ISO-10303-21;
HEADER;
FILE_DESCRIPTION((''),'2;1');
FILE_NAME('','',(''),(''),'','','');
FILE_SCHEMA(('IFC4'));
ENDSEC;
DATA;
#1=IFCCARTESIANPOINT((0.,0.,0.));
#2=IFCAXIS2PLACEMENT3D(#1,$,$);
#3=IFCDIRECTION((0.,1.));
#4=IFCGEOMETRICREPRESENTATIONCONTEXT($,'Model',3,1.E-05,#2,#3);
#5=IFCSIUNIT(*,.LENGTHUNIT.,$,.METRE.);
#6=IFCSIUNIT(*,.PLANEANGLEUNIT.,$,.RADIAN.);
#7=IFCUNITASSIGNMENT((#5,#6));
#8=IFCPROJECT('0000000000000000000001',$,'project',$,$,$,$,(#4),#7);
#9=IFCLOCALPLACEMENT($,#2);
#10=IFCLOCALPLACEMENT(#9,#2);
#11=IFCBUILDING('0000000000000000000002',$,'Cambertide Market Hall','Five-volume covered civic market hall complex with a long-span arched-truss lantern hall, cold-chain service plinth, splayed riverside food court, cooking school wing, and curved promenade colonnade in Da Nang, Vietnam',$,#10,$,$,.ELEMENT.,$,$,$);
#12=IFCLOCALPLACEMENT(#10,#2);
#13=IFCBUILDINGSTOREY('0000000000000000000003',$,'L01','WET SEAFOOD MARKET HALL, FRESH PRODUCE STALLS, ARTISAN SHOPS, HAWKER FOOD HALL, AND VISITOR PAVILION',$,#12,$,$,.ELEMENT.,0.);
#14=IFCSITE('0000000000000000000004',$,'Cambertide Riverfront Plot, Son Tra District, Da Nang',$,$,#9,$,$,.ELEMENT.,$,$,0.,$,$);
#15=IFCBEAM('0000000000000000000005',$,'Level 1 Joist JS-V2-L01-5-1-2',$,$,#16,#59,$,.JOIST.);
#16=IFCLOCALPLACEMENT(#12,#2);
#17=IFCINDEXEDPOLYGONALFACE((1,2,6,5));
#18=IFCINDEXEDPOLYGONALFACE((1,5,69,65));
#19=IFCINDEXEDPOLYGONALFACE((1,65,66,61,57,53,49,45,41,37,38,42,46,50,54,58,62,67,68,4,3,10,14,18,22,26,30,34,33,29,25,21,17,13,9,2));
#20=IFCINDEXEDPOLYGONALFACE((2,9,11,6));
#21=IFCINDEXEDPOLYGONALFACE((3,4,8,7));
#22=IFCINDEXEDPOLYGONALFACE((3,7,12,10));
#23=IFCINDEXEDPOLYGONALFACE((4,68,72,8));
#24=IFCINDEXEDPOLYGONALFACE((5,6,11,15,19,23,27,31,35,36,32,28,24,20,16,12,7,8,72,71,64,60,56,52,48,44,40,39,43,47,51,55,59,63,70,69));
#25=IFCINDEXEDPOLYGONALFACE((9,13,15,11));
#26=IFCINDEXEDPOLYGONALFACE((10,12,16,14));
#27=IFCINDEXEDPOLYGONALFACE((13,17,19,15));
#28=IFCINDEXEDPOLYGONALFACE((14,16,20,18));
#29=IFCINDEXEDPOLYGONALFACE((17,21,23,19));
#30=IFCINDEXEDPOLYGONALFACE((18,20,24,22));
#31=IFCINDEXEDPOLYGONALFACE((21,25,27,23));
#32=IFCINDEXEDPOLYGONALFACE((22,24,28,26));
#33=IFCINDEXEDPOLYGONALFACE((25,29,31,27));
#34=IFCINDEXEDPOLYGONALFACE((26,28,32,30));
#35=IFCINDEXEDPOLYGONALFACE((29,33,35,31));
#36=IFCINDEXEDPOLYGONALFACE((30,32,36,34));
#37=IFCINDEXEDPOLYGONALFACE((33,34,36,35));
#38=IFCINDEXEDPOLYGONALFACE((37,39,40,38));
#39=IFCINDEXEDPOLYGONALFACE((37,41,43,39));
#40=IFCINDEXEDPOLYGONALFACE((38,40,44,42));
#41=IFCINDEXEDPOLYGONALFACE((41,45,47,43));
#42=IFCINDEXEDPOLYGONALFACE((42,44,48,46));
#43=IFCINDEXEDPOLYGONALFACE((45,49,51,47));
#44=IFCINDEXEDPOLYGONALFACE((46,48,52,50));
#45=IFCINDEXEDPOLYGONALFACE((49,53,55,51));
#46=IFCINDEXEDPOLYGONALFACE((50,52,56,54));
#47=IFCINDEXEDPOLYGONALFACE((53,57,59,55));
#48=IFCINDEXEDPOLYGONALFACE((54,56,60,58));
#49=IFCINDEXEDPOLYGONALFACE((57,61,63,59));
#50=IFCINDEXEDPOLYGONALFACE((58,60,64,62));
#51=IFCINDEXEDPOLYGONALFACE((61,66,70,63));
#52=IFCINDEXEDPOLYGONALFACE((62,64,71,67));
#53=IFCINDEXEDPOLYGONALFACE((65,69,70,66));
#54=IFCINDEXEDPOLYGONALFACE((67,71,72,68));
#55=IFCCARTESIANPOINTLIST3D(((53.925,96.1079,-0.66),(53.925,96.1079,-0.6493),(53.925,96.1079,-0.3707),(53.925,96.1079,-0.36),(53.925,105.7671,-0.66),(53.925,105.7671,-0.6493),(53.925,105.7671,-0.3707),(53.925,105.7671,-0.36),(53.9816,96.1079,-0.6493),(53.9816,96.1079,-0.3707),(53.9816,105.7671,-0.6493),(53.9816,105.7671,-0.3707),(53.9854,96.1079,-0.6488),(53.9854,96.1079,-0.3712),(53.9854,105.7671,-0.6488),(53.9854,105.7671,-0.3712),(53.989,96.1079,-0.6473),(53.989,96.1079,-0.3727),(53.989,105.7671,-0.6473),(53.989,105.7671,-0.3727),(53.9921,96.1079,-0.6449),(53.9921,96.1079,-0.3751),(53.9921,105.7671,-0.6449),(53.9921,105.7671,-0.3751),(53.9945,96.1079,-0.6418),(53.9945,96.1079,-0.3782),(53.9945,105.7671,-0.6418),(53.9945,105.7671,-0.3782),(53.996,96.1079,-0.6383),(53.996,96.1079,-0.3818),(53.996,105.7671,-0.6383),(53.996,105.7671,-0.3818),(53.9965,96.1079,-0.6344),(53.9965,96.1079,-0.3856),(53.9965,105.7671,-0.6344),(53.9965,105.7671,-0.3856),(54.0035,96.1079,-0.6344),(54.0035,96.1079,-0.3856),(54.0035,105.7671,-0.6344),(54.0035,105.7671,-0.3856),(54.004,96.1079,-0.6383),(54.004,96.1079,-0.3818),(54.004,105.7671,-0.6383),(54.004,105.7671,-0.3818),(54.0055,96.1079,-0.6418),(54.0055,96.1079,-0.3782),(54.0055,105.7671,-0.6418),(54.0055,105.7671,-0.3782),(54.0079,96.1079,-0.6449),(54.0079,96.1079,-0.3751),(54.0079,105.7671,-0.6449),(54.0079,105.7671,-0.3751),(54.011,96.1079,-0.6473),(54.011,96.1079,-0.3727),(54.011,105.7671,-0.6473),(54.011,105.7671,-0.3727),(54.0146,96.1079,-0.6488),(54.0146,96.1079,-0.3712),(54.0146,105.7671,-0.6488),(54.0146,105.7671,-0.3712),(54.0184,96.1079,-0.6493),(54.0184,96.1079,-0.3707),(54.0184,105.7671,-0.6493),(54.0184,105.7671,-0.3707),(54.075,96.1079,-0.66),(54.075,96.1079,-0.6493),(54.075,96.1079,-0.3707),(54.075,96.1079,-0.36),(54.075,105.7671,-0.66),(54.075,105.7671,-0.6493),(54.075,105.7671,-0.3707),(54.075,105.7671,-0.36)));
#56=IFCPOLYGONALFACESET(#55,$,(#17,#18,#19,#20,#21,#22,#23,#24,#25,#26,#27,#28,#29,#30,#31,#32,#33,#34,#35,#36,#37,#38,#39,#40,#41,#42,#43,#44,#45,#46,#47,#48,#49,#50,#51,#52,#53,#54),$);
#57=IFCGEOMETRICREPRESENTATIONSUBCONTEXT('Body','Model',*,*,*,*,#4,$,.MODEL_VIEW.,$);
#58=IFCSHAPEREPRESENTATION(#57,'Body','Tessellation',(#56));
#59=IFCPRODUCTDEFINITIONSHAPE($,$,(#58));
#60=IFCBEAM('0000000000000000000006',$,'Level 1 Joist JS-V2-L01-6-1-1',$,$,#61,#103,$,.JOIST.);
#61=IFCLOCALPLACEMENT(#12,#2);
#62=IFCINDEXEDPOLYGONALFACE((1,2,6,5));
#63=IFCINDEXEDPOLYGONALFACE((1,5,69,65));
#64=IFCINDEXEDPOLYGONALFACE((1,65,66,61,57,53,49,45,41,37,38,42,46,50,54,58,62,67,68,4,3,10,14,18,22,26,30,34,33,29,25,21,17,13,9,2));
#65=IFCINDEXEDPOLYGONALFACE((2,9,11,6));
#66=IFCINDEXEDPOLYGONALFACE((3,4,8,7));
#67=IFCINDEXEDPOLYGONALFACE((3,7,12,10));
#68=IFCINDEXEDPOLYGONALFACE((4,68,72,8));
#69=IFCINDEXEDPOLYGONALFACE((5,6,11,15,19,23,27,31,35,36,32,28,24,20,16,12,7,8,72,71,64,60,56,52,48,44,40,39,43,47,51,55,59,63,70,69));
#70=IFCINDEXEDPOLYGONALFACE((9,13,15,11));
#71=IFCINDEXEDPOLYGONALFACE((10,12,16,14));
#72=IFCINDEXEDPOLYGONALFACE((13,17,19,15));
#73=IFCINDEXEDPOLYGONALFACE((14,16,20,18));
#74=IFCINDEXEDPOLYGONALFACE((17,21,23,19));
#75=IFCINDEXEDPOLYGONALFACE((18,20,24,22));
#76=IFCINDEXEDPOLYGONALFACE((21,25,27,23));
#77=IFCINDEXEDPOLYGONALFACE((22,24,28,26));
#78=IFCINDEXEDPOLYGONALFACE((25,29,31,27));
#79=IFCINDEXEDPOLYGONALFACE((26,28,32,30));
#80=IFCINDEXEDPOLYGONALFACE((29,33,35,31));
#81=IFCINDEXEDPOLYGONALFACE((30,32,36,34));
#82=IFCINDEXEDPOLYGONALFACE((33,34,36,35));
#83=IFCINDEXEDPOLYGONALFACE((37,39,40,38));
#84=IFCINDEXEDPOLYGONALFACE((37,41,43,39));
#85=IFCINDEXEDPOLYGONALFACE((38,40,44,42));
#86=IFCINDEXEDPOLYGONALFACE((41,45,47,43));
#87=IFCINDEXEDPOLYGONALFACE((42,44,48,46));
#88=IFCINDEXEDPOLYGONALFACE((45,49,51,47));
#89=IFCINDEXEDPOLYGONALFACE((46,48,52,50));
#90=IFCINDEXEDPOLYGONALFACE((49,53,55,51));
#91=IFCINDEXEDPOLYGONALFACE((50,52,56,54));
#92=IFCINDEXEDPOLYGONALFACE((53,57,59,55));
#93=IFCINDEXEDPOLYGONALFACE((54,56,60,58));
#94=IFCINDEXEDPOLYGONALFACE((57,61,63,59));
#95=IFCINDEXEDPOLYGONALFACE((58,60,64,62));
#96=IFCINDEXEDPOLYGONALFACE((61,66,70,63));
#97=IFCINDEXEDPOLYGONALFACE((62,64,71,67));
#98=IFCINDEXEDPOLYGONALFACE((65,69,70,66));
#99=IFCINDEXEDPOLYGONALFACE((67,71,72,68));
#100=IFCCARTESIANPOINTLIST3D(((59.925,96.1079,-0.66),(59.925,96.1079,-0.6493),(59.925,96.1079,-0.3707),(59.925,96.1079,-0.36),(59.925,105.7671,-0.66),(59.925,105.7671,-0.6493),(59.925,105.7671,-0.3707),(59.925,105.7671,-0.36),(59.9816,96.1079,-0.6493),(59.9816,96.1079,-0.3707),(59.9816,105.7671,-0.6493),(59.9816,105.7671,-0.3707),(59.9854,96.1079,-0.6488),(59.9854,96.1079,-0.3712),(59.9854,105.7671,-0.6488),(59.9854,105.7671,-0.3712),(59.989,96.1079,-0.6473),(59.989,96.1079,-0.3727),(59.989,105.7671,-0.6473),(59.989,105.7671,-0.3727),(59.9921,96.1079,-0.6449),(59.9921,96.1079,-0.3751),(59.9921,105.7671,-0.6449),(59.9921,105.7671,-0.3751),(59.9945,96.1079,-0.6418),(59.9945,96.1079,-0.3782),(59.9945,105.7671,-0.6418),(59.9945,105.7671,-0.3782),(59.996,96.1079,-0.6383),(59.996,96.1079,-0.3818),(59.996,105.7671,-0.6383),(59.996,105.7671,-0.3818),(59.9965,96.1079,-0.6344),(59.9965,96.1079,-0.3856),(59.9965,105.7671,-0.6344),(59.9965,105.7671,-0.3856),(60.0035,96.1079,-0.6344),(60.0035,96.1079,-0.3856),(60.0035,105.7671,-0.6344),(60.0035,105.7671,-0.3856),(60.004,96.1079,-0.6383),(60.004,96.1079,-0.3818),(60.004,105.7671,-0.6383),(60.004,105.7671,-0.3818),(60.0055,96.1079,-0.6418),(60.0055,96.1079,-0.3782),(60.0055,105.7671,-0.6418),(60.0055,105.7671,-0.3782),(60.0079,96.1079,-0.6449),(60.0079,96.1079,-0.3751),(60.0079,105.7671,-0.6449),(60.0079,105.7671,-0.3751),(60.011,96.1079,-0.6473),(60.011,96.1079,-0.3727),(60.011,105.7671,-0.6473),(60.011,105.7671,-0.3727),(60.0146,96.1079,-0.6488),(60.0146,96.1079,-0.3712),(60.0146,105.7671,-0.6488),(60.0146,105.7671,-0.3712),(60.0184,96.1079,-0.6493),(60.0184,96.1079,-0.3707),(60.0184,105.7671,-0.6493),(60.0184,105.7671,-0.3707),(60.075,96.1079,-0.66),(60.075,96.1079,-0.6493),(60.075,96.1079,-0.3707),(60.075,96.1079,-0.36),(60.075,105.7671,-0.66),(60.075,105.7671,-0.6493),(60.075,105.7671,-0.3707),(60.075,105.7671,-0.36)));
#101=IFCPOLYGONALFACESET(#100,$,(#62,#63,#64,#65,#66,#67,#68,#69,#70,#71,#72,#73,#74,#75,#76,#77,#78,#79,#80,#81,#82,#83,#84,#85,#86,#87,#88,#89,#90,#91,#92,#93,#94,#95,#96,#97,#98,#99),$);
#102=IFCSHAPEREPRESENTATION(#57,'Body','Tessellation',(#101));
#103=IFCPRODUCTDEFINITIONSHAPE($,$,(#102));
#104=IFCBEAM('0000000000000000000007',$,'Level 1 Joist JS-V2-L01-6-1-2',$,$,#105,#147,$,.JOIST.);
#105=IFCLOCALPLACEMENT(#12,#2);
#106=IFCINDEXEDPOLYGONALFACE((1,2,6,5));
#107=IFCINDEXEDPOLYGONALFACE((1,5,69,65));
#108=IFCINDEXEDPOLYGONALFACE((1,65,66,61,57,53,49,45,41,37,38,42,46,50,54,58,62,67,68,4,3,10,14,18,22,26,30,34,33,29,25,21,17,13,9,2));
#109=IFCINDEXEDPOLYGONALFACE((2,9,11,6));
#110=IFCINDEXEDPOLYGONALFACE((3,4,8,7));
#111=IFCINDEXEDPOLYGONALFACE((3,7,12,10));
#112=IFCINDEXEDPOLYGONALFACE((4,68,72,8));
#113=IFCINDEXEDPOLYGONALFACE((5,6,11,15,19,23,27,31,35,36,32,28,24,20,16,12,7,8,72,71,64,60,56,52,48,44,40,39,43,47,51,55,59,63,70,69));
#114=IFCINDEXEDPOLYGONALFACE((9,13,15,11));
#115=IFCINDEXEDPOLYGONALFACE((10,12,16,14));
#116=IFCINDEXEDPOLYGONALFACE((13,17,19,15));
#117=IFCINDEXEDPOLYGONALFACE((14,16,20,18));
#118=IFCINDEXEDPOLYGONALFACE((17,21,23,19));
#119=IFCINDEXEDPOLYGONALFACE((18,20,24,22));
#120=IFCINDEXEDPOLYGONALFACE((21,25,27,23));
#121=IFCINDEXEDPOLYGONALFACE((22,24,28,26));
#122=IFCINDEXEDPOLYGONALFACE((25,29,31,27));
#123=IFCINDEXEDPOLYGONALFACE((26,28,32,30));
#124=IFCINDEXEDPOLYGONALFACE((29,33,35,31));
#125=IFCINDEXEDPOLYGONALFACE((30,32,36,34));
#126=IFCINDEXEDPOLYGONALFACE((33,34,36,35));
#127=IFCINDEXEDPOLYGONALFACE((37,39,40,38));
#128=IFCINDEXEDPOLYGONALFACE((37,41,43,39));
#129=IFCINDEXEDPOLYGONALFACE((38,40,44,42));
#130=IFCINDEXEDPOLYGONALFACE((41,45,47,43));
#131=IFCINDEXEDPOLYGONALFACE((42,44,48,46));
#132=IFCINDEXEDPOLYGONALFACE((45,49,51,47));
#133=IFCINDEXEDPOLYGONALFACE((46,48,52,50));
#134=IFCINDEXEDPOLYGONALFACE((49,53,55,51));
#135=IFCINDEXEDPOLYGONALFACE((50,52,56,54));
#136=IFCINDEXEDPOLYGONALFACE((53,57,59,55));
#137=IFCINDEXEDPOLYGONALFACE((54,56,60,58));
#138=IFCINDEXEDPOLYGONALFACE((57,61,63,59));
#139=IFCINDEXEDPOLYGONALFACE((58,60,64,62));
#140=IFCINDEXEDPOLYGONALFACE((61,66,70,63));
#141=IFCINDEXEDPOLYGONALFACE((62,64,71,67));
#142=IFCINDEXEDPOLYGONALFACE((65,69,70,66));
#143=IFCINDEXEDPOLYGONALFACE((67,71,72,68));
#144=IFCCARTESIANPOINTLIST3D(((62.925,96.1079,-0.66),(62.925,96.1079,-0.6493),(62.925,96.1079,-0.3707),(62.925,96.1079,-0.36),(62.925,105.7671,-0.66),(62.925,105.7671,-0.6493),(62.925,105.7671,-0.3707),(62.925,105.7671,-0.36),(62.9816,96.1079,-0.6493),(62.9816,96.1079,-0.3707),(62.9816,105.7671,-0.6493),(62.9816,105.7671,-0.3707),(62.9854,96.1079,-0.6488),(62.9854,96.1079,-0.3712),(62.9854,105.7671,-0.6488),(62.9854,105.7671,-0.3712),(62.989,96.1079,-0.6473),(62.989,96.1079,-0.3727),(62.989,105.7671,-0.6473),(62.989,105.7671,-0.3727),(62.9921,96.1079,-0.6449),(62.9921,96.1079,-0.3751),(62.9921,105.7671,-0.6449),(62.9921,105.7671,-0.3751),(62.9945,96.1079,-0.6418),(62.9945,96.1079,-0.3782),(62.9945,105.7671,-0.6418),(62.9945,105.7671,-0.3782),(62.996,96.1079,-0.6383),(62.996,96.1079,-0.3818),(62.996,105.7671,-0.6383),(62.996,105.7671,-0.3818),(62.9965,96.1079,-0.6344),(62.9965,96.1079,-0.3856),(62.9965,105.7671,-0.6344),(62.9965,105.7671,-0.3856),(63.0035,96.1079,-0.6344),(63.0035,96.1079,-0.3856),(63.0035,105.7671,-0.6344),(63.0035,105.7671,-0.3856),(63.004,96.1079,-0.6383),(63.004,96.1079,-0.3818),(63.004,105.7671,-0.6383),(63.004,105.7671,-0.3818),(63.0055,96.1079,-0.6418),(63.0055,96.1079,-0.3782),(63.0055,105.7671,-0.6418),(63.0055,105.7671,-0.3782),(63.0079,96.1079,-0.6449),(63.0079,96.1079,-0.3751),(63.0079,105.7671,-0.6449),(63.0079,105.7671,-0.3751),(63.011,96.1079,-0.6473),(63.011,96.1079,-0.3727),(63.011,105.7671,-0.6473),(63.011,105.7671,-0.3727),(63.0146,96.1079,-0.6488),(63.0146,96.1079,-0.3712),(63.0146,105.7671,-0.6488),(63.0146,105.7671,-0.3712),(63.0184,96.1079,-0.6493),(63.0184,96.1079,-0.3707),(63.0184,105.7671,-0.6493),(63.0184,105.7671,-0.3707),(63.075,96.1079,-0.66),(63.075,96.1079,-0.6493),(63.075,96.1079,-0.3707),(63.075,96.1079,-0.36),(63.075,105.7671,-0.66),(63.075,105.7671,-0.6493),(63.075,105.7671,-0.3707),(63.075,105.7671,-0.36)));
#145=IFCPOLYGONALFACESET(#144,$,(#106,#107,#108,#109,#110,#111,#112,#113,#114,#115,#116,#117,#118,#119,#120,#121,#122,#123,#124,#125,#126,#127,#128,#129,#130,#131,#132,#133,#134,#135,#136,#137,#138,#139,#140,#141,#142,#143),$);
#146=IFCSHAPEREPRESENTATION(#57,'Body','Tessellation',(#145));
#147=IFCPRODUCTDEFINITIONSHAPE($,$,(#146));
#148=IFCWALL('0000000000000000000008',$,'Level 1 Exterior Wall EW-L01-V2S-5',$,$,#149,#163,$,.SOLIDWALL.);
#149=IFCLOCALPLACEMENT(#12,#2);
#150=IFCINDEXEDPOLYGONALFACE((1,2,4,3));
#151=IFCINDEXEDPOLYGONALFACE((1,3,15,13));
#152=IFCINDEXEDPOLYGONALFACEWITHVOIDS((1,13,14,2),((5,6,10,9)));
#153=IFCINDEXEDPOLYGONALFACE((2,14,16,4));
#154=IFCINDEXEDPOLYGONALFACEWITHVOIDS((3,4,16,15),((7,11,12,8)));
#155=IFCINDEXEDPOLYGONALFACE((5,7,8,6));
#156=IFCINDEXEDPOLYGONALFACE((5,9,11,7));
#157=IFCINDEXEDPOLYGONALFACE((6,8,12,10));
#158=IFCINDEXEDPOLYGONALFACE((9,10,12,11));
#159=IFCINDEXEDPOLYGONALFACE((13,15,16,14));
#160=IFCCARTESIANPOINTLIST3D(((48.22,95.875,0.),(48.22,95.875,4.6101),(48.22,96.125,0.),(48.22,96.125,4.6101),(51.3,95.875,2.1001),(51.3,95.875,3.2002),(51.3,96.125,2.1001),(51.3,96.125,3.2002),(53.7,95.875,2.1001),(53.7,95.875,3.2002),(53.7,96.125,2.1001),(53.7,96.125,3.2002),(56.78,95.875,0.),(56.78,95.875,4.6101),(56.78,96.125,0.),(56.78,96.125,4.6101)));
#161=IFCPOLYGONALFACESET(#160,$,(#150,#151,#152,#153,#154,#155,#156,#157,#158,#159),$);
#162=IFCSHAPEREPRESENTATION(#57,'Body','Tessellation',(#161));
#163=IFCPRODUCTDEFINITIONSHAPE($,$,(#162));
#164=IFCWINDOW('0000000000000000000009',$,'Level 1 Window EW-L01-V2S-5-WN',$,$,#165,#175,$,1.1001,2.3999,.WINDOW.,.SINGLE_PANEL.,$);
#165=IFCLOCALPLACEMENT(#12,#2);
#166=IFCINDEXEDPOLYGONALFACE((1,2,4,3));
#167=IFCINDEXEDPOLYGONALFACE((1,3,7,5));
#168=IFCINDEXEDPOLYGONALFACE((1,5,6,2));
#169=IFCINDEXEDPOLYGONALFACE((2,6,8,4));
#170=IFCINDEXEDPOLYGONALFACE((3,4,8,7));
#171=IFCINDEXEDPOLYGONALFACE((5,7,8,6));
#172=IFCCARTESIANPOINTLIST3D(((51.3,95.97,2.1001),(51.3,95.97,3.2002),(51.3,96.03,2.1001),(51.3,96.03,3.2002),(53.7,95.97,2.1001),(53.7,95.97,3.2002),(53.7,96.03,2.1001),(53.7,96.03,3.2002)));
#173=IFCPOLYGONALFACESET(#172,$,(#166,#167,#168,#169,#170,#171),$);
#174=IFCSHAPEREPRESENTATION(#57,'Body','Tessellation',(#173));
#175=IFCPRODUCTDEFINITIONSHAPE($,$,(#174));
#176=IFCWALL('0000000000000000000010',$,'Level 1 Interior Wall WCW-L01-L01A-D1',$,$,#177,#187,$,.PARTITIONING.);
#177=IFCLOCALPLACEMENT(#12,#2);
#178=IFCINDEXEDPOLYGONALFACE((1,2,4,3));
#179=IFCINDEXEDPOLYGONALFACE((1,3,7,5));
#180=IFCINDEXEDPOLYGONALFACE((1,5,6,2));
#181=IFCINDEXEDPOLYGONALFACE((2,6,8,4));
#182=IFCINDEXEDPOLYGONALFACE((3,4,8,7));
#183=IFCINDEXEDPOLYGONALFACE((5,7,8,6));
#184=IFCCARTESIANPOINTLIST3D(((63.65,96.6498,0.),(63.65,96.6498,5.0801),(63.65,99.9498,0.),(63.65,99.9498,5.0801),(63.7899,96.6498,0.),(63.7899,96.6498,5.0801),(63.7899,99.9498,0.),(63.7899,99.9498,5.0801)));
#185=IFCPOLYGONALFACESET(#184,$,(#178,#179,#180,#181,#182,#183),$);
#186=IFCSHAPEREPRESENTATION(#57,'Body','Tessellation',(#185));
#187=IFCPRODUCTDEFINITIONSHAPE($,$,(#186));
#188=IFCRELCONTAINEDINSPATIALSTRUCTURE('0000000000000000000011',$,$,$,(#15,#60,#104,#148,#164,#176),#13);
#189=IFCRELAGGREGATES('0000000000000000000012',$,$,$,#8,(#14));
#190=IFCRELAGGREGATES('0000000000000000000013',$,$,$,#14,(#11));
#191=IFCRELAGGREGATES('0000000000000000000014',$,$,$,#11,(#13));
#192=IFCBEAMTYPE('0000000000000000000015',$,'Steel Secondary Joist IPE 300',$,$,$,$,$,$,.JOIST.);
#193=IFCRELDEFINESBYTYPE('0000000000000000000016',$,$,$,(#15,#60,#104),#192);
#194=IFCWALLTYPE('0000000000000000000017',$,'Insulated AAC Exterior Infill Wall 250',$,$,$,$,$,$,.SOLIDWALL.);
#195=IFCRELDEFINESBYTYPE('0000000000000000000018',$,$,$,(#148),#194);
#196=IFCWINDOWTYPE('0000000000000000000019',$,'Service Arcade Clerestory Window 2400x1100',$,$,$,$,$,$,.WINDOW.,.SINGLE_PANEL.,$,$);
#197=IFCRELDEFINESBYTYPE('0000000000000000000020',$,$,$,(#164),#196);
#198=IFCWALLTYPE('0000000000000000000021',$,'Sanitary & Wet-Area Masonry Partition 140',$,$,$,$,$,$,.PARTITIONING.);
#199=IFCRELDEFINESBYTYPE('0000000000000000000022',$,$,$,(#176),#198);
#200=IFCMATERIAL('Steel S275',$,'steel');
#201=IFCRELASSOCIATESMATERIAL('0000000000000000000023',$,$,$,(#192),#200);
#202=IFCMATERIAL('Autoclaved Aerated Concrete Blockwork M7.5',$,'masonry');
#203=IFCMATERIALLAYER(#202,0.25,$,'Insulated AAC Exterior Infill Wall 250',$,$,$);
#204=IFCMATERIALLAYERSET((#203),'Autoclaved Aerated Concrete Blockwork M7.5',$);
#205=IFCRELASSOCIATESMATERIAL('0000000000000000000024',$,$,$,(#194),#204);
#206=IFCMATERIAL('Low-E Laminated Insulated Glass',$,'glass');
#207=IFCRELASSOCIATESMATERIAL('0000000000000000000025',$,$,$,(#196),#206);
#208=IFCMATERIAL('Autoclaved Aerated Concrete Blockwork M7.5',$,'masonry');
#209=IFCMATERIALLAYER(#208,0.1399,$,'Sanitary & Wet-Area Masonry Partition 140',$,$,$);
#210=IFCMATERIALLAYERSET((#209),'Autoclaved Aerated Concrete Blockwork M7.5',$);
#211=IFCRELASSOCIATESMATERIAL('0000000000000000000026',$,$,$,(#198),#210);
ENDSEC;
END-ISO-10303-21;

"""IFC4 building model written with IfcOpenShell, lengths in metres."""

from ifc_helpers import new_model, si_unit, direction, frame, frame_2d, origin, origin_2d, place, context, subcontext, project, spatial, rectangle, i_section, extrude, material, layer, layer_set, material_profile, profile_set, type_object, element, fill, save


model = new_model("IFC4")

# Units and contexts
model_context = context("Model", 3, precision=1e-05, world=origin(), true_north=direction((0.0, 1.0)))
body_context = subcontext(model_context, "Body", "Model", "MODEL_VIEW")
ifc_project = project(units=[si_unit("LENGTHUNIT", "METRE"), si_unit("PLANEANGLEUNIT", "RADIAN")], contexts=[model_context])

# Site, building, storey
site_placement = place(None, origin())
site = spatial("IfcSite", under=ifc_project, at=site_placement, Name="Cambertide Riverfront Plot, Son Tra District, Da Nang", CompositionType="ELEMENT", RefElevation=0.0)
building_placement = place(site_placement, origin())
building = spatial("IfcBuilding", under=site, at=building_placement, Name="Cambertide Market Hall", Description="Five-volume covered civic market hall complex with a long-span arched-truss lantern hall, cold-chain service plinth, splayed riverside food court, cooking school wing, and curved promenade colonnade in Da Nang, Vietnam", CompositionType="ELEMENT")
storey_placement = place(building_placement, origin())
storey = spatial("IfcBuildingStorey", under=building, at=storey_placement, Name="L01", Description="WET SEAFOOD MARKET HALL, FRESH PRODUCE STALLS, ARTISAN SHOPS, HAWKER FOOD HALL, AND VISITOR PAVILION", CompositionType="ELEMENT", Elevation=0.0)

# Beams
ifc_material_1 = material(Name="Steel S275", Category="steel")
ifc_material_profile_1 = material_profile(ifc_material_1, i_section(OverallWidth=0.1499, OverallDepth=0.3, WebThickness=0.0071, FlangeThickness=0.0107, FilletRadius=0.0149, at=origin_2d()), Name="IPE 300")
ifc_profile_set_1 = profile_set([ifc_material_profile_1], Name="Steel S275")
beam_type_1 = type_object("IfcBeamType", Name="Steel Secondary Joist IPE 300", PredefinedType="JOIST", material=ifc_profile_set_1)
for number, where, z_axis, x_axis, name in (
    (1, (54.0, 96.1079, -0.51), (0.0, 1.0, 0.0), (-1.0, 0.0, 0.0), "Level 1 Joist JS-V2-L01-5-1-2"),
    (2, (60.0, 96.1079, -0.51), (0.0, 1.0, 0.0), (-1.0, 0.0, 0.0), "Level 1 Joist JS-V2-L01-6-1-1"),
    (3, (63.0, 96.1079, -0.51), (0.0, 1.0, 0.0), (-1.0, 0.0, 0.0), "Level 1 Joist JS-V2-L01-6-1-2"),
):
    element("IfcBeam", number, at=place(storey_placement, frame(where, z_axis=z_axis, x_axis=x_axis)), inside=storey, type_object=beam_type_1, Name=name, PredefinedType="JOIST", context=body_context, shape_type="SweptSolid", body=[
        extrude(i_section(OverallWidth=0.1499, OverallDepth=0.3, WebThickness=0.0071, FlangeThickness=0.0107, FilletRadius=0.0149, at=origin_2d()), origin(), (0.0, 0.0, 1.0), 9.6592),
    ])

# Wall, opening, window
ifc_material_2 = material(Name="Autoclaved Aerated Concrete Blockwork M7.5", Category="masonry")
ifc_layer_1 = layer(ifc_material_2, 0.25, Name="Insulated AAC Exterior Infill Wall 250")
ifc_layer_set_1 = layer_set([ifc_layer_1], Name="Autoclaved Aerated Concrete Blockwork M7.5")
wall_type_1 = type_object("IfcWallType", Name="Insulated AAC Exterior Infill Wall 250", PredefinedType="SOLIDWALL", material=ifc_layer_set_1)
wall_1_placement = place(storey_placement, frame((56.78, 96.0, 0.0), z_axis=(0.0, 0.0, 1.0), x_axis=(-1.0, 0.0, 0.0)))
wall_1 = element("IfcWall", 4, at=wall_1_placement, inside=storey, type_object=wall_type_1, Name="Level 1 Exterior Wall EW-L01-V2S-5", PredefinedType="SOLIDWALL", context=body_context, shape_type="SweptSolid", body=[
    extrude(rectangle(XDim=8.5601, YDim=0.25, at=frame_2d((4.28, 0.0))), origin(), (0.0, 0.0, 1.0), 4.6101),
])
opening_placement = place(wall_1_placement, frame((3.0801, 0.0, 2.1001)))
opening = element("IfcOpeningElement", 5, at=opening_placement, cuts=wall_1, PredefinedType="OPENING", context=body_context, shape_type="SweptSolid", body=[
    extrude(rectangle(XDim=2.3999, YDim=1.1001, at=frame_2d((1.2, 0.55))), frame((0.0, 0.135, 0.0), z_axis=(0.0, -1.0, 0.0), x_axis=(1.0, 0.0, 0.0)), (0.0, 0.0, 1.0), 0.27),
])
ifc_material_3 = material(Name="Low-E Laminated Insulated Glass", Category="glass")
window_type = type_object("IfcWindowType", Name="Service Arcade Clerestory Window 2400x1100", PartitioningType="SINGLE_PANEL", PredefinedType="WINDOW", material=ifc_material_3)
window_placement = place(opening_placement, origin())
window = element("IfcWindow", 6, at=window_placement, inside=storey, type_object=window_type, Name="Level 1 Window EW-L01-V2S-5-WN", OverallHeight=1.1001, OverallWidth=2.3999, PartitioningType="SINGLE_PANEL", PredefinedType="WINDOW", context=body_context, shape_type="SweptSolid", body=[
    extrude(rectangle(XDim=2.3999, YDim=1.1001, at=frame_2d((1.2, 0.55))), frame((0.0, 0.03, 0.0), z_axis=(0.0, -1.0, 0.0), x_axis=(1.0, 0.0, 0.0)), (0.0, 0.0, 1.0), 0.0601),
])
fill(opening, window)

# Wall
ifc_material_4 = material(Name="Autoclaved Aerated Concrete Blockwork M7.5", Category="masonry")
ifc_layer_2 = layer(ifc_material_4, 0.1399, Name="Sanitary & Wet-Area Masonry Partition 140")
ifc_layer_set_2 = layer_set([ifc_layer_2], Name="Autoclaved Aerated Concrete Blockwork M7.5")
wall_type_2 = type_object("IfcWallType", Name="Sanitary & Wet-Area Masonry Partition 140", PredefinedType="PARTITIONING", material=ifc_layer_set_2)
for number, where, z_axis, x_axis, name in (
    (7, (63.72, 96.6499, 0.0), (0.0, 0.0, 1.0), (0.0, 1.0, 0.0), "Level 1 Interior Wall WCW-L01-L01A-D1"),
):
    element("IfcWall", number, at=place(storey_placement, frame(where, z_axis=z_axis, x_axis=x_axis)), inside=storey, type_object=wall_type_2, Name=name, PredefinedType="PARTITIONING", context=body_context, shape_type="SweptSolid", body=[
        extrude(rectangle(XDim=3.3, YDim=0.1399, at=frame_2d((1.6499, 0.0))), origin(), (0.0, 0.0, 1.0), 5.0801),
    ])

save(model, "model.ifc")
